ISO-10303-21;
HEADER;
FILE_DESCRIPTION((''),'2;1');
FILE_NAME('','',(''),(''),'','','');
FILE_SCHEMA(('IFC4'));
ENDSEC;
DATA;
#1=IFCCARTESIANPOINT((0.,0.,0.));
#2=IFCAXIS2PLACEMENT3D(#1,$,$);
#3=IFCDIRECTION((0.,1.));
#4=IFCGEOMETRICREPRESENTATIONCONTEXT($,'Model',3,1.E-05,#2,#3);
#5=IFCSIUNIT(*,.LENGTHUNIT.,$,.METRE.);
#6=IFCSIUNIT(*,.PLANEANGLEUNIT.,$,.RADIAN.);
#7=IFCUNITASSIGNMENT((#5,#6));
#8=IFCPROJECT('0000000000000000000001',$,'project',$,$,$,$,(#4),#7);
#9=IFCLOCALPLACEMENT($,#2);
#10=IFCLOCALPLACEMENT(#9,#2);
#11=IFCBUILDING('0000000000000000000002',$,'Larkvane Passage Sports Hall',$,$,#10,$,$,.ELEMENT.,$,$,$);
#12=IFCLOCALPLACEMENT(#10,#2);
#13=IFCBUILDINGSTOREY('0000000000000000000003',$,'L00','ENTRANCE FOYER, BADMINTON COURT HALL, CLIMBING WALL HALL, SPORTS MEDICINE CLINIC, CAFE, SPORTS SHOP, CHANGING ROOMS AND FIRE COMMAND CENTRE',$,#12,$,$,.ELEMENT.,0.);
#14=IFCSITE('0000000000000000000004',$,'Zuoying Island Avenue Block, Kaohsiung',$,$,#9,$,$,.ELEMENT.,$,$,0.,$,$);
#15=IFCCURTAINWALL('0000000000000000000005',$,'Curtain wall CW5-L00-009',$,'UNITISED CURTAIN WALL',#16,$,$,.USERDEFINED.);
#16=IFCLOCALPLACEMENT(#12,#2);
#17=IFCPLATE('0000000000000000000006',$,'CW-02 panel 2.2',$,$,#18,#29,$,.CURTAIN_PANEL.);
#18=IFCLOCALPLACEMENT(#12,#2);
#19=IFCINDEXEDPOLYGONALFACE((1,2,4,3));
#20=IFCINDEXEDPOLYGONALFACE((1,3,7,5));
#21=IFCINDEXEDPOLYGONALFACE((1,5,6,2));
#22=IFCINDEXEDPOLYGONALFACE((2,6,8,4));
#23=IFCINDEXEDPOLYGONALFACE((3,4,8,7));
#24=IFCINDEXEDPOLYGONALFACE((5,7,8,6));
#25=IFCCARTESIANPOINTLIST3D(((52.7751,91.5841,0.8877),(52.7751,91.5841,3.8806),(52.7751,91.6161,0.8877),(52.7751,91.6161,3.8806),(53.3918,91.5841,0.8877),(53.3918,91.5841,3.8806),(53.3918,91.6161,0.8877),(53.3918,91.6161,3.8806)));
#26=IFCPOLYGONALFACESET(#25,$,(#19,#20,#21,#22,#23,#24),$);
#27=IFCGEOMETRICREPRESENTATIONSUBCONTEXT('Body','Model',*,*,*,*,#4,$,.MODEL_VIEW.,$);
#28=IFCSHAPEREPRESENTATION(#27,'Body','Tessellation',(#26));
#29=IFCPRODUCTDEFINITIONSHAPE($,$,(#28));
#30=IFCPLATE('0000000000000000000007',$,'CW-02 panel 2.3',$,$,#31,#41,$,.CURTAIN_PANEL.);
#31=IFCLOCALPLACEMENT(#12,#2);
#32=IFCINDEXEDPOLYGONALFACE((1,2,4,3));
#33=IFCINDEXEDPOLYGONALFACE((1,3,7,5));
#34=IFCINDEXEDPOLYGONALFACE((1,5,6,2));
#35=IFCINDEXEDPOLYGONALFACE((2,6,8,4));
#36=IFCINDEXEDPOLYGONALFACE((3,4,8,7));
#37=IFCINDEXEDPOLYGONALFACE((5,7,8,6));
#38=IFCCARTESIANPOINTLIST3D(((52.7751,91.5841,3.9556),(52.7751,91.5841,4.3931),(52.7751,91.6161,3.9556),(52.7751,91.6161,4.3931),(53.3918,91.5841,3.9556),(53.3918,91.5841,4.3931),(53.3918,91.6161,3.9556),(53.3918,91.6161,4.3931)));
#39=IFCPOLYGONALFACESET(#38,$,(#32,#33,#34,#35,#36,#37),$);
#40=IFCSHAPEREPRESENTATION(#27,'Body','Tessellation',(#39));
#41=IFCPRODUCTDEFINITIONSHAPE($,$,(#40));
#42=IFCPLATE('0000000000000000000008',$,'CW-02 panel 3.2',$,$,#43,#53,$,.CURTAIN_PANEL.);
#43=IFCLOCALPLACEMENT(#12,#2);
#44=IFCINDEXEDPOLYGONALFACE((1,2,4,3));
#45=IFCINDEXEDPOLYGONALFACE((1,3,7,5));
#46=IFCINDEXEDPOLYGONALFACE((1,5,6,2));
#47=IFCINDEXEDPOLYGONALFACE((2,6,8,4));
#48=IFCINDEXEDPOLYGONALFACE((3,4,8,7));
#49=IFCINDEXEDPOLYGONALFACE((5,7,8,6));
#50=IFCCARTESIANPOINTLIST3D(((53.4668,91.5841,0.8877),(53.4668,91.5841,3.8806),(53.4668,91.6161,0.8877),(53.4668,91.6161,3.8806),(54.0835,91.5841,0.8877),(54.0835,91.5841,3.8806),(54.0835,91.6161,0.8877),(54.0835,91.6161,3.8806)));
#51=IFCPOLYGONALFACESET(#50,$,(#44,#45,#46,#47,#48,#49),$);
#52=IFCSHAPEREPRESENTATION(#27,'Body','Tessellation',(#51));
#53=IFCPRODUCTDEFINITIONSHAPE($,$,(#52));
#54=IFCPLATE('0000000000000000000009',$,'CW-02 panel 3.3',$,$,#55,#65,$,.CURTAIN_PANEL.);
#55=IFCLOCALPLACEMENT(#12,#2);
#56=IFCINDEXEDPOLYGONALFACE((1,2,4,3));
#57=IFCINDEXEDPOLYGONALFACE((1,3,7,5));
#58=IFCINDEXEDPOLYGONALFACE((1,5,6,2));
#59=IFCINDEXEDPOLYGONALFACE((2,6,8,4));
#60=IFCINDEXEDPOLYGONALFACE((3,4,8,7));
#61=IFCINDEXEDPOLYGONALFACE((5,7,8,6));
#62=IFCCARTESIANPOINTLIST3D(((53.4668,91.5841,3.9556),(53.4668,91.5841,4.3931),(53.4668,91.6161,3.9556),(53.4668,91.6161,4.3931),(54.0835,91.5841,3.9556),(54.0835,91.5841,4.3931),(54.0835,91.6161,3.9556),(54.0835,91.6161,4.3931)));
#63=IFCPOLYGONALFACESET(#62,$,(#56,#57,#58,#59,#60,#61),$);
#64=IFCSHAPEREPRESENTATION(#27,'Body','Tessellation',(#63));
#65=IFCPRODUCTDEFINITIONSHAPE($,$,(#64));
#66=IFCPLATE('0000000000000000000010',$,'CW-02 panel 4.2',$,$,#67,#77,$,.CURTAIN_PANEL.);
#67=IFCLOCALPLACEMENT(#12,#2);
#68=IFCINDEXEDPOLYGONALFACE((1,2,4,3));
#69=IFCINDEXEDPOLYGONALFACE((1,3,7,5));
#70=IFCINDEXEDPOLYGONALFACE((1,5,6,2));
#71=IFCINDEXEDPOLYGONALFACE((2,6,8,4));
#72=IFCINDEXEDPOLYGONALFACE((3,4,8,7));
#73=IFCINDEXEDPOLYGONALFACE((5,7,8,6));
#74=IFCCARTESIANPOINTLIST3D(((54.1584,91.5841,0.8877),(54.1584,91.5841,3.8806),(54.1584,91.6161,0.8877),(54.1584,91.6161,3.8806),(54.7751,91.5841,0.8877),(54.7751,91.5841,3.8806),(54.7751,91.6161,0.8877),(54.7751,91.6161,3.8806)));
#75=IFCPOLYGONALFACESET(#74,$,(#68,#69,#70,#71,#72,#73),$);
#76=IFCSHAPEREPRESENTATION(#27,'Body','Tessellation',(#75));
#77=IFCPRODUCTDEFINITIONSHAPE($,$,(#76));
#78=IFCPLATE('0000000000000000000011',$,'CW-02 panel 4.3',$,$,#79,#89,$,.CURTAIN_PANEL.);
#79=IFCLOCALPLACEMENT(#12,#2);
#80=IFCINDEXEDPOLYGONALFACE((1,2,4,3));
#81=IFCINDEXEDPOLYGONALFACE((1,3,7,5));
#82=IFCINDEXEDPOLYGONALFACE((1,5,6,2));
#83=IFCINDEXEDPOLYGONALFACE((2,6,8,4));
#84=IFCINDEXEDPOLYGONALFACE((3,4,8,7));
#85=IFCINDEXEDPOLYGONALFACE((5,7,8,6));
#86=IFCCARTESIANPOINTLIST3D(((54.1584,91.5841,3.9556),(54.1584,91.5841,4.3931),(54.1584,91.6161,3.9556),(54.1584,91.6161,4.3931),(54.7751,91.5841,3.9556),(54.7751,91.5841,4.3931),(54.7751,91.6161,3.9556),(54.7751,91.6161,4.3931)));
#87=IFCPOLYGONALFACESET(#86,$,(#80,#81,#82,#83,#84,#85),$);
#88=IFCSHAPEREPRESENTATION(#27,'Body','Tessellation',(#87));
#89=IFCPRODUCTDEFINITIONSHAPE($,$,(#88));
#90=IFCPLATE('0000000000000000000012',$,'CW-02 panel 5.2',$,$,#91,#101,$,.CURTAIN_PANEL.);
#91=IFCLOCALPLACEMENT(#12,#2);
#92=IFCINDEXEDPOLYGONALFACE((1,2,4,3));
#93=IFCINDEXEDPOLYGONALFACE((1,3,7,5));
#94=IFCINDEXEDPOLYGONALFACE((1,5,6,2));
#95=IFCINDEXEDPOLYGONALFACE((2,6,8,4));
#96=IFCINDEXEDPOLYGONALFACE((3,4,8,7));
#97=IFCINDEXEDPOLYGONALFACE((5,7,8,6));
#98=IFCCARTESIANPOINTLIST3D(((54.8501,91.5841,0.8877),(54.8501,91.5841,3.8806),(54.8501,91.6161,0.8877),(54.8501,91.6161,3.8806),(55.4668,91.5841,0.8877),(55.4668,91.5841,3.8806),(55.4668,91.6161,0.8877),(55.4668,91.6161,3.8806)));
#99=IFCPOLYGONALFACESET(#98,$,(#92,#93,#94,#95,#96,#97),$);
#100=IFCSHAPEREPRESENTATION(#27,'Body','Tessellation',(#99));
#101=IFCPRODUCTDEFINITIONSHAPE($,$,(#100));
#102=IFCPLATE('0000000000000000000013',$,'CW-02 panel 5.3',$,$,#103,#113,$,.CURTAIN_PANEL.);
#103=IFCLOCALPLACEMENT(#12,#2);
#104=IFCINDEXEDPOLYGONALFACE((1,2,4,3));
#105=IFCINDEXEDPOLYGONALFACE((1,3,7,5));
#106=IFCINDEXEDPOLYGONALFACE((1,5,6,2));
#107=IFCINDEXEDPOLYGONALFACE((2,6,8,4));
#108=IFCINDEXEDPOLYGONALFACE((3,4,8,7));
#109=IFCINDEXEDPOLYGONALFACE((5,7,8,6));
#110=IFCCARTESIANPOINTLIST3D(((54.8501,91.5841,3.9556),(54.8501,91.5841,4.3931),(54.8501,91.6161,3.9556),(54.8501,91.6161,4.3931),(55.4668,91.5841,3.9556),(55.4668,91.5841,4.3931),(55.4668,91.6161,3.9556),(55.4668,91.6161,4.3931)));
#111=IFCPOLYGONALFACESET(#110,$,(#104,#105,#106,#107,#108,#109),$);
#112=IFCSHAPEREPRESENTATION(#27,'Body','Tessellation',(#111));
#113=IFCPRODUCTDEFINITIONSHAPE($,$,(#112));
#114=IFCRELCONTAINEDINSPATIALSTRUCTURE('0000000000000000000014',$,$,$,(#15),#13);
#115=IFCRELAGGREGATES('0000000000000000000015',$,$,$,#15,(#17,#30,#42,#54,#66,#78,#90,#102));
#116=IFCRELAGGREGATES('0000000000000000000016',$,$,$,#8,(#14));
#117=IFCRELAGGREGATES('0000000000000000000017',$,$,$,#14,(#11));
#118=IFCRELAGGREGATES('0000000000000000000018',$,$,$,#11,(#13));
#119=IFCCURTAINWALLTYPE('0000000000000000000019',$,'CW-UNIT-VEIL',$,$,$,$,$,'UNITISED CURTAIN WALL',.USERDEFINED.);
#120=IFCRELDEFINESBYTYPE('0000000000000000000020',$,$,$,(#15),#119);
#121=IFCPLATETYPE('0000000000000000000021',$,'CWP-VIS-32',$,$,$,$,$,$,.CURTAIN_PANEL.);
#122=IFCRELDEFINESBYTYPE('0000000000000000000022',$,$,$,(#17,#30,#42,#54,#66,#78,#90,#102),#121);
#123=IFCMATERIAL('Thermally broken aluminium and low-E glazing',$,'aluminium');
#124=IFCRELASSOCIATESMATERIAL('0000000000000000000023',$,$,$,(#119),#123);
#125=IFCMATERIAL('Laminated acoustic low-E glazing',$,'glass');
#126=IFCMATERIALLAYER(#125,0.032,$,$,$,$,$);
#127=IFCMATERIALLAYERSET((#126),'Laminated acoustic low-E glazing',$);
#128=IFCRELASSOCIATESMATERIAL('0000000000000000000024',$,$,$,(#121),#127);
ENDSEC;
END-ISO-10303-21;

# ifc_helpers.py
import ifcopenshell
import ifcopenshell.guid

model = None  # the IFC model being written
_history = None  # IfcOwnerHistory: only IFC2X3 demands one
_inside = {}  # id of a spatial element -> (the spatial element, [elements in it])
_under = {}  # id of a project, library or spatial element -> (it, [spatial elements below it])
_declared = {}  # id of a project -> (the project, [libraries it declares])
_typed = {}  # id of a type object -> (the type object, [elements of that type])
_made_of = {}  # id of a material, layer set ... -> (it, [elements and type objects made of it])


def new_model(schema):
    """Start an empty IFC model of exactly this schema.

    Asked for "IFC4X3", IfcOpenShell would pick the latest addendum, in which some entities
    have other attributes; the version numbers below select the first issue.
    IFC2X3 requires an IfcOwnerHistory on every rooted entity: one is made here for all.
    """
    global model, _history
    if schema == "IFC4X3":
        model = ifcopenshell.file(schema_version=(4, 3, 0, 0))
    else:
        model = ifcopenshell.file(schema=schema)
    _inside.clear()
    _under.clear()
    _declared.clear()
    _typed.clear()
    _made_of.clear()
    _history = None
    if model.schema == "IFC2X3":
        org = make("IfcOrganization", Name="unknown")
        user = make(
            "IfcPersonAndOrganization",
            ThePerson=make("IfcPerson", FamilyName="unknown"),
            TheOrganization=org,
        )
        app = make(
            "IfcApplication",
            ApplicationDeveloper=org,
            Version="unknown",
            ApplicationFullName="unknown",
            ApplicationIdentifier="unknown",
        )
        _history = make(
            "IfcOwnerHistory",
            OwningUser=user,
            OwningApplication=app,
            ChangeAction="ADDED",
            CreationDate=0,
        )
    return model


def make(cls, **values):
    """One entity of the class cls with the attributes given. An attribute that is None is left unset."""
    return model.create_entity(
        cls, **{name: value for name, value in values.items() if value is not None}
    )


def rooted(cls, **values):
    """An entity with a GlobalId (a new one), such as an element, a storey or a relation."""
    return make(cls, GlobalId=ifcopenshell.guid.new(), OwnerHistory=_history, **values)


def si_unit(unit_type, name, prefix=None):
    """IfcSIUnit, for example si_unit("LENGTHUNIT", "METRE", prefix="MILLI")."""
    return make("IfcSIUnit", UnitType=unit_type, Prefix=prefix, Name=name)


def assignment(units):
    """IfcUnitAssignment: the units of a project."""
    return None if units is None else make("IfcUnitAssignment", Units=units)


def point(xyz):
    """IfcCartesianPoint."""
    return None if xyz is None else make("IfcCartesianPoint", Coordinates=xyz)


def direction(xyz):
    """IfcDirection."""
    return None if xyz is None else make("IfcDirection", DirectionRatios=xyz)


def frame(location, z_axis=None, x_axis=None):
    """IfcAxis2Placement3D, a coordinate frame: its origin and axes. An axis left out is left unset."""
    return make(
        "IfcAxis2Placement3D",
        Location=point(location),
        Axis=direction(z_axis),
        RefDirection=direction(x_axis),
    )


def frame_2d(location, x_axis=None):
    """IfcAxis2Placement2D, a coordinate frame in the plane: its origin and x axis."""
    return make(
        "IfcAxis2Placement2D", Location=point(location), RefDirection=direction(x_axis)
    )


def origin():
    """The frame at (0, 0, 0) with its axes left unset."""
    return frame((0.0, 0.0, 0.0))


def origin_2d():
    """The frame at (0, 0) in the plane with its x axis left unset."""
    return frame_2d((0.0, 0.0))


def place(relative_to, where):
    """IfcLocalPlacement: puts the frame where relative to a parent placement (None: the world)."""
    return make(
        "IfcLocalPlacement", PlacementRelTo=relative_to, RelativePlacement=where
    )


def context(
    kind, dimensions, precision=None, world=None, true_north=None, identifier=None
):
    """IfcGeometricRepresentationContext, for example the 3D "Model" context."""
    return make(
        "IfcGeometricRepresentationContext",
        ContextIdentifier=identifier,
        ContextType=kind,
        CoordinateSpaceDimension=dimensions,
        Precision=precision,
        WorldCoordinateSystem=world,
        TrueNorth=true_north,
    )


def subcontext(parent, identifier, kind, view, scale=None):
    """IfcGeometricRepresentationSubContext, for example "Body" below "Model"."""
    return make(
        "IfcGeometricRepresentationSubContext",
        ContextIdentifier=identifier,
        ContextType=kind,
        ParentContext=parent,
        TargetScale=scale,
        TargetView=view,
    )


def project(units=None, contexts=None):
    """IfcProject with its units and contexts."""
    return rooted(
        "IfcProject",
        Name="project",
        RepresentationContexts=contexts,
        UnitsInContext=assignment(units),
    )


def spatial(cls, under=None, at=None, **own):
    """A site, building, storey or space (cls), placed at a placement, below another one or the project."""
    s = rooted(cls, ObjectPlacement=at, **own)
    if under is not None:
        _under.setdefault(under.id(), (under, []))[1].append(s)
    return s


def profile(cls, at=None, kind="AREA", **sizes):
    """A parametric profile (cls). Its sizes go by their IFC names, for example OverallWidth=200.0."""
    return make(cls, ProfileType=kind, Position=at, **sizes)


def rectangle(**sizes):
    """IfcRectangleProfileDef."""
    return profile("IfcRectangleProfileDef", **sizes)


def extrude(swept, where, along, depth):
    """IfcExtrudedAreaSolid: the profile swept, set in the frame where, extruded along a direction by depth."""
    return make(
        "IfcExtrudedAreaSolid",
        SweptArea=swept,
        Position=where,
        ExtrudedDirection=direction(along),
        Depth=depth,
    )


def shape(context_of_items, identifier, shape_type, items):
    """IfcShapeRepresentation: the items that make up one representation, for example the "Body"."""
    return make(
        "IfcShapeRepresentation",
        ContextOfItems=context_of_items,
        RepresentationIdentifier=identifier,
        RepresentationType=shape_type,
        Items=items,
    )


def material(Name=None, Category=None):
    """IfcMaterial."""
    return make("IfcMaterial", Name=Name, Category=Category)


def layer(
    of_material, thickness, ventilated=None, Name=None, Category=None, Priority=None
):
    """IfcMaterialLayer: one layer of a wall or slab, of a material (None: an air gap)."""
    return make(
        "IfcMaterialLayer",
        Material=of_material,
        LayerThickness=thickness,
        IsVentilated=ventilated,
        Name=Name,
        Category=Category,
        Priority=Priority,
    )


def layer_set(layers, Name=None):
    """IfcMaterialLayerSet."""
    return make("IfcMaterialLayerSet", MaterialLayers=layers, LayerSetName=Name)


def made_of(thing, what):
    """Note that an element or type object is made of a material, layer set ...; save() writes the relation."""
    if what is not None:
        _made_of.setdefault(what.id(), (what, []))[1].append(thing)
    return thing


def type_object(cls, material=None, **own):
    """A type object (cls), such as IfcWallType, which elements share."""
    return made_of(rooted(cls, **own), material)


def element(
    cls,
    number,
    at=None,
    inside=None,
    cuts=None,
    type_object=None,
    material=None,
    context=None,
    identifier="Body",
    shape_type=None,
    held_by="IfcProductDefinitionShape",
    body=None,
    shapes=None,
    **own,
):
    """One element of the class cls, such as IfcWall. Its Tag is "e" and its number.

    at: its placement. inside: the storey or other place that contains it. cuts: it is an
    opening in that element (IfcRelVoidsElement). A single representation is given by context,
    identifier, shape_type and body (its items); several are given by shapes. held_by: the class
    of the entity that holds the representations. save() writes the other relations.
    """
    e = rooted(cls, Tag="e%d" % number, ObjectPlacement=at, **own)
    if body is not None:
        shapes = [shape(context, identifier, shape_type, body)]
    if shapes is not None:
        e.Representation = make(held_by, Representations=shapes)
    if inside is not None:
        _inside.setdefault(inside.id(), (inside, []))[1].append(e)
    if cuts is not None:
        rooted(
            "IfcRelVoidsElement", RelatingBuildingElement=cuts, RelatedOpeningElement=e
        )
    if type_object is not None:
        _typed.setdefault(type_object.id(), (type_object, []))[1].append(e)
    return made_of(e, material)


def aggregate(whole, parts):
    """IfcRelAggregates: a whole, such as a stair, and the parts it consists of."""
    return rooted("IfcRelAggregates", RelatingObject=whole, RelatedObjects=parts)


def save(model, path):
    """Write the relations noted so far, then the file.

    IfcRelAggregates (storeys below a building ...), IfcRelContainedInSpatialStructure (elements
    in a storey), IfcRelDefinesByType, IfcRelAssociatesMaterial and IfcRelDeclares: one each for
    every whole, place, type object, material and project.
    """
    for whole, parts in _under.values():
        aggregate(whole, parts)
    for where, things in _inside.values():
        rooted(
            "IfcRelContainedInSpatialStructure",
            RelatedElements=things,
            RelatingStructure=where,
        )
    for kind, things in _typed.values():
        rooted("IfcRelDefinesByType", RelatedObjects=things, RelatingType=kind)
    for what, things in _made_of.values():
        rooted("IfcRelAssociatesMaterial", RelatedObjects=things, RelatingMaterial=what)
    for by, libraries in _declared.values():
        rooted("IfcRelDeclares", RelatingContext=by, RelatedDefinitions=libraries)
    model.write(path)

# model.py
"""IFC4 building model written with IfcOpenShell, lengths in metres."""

from ifc_helpers import new_model, si_unit, direction, frame, origin, origin_2d, place, context, subcontext, project, spatial, rectangle, extrude, material, layer, layer_set, type_object, element, aggregate, save


model = new_model("IFC4")

# Units and contexts
model_context = context("Model", 3, precision=1e-05, world=origin(), true_north=direction((0.0, 1.0)))
body_context = subcontext(model_context, "Body", "Model", "MODEL_VIEW")
ifc_project = project(units=[si_unit("LENGTHUNIT", "METRE"), si_unit("PLANEANGLEUNIT", "RADIAN")], contexts=[model_context])

# Site, building, storey
site_placement = place(None, origin())
site = spatial("IfcSite", under=ifc_project, at=site_placement, Name="Zuoying Island Avenue Block, Kaohsiung", CompositionType="ELEMENT", RefElevation=0.0)
building_placement = place(site_placement, origin())
building = spatial("IfcBuilding", under=site, at=building_placement, Name="Larkvane Passage Sports Hall", CompositionType="ELEMENT")
storey_placement = place(building_placement, origin())
storey = spatial("IfcBuildingStorey", under=building, at=storey_placement, Name="L00", Description="ENTRANCE FOYER, BADMINTON COURT HALL, CLIMBING WALL HALL, SPORTS MEDICINE CLINIC, CAFE, SPORTS SHOP, CHANGING ROOMS AND FIRE COMMAND CENTRE", CompositionType="ELEMENT", Elevation=0.0)

# Curtain wall, plates
ifc_material_1 = material(Name="Thermally broken aluminium and low-E glazing", Category="aluminium")
curtain_wall_type = type_object("IfcCurtainWallType", Name="CW-UNIT-VEIL", ElementType="UNITISED CURTAIN WALL", PredefinedType="USERDEFINED", material=ifc_material_1)
curtain_wall_placement = place(storey_placement, origin())
curtain_wall = element("IfcCurtainWall", 1, at=curtain_wall_placement, inside=storey, type_object=curtain_wall_type, Name="Curtain wall CW5-L00-009", ObjectType="UNITISED CURTAIN WALL", PredefinedType="USERDEFINED")
ifc_material_2 = material(Name="Laminated acoustic low-E glazing", Category="glass")
ifc_layer = layer(ifc_material_2, 0.032)
ifc_layer_set = layer_set([ifc_layer], Name="Laminated acoustic low-E glazing")
plate_type = type_object("IfcPlateType", Name="CWP-VIS-32", PredefinedType="CURTAIN_PANEL", material=ifc_layer_set)
plate_1_placement = place(storey_placement, frame((53.0835, 91.6001, 0.8877), z_axis=(0.0, 0.0, 1.0), x_axis=(1.0, 0.0, 0.0)))
plate_1 = element("IfcPlate", 2, at=plate_1_placement, type_object=plate_type, Name="CW-02 panel 2.2", PredefinedType="CURTAIN_PANEL", context=body_context, shape_type="SweptSolid", body=[
    extrude(rectangle(XDim=0.6167, YDim=0.032, at=origin_2d()), origin(), (0.0, 0.0, 1.0), 2.9929),
])
plate_2_placement = place(storey_placement, frame((53.0835, 91.6001, 3.9556), z_axis=(0.0, 0.0, 1.0), x_axis=(1.0, 0.0, 0.0)))
plate_2 = element("IfcPlate", 3, at=plate_2_placement, type_object=plate_type, Name="CW-02 panel 2.3", PredefinedType="CURTAIN_PANEL", context=body_context, shape_type="SweptSolid", body=[
    extrude(rectangle(XDim=0.6167, YDim=0.032, at=origin_2d()), origin(), (0.0, 0.0, 1.0), 0.4375),
])
plate_3_placement = place(storey_placement, frame((53.7751, 91.6001, 0.8877), z_axis=(0.0, 0.0, 1.0), x_axis=(1.0, 0.0, 0.0)))
plate_3 = element("IfcPlate", 4, at=plate_3_placement, type_object=plate_type, Name="CW-02 panel 3.2", PredefinedType="CURTAIN_PANEL", context=body_context, shape_type="SweptSolid", body=[
    extrude(rectangle(XDim=0.6167, YDim=0.032, at=origin_2d()), origin(), (0.0, 0.0, 1.0), 2.9929),
])
plate_4_placement = place(storey_placement, frame((53.7751, 91.6001, 3.9556), z_axis=(0.0, 0.0, 1.0), x_axis=(1.0, 0.0, 0.0)))
plate_4 = element("IfcPlate", 5, at=plate_4_placement, type_object=plate_type, Name="CW-02 panel 3.3", PredefinedType="CURTAIN_PANEL", context=body_context, shape_type="SweptSolid", body=[
    extrude(rectangle(XDim=0.6167, YDim=0.032, at=origin_2d()), origin(), (0.0, 0.0, 1.0), 0.4375),
])
plate_5_placement = place(storey_placement, frame((54.4668, 91.6001, 0.8877), z_axis=(0.0, 0.0, 1.0), x_axis=(1.0, 0.0, 0.0)))
plate_5 = element("IfcPlate", 6, at=plate_5_placement, type_object=plate_type, Name="CW-02 panel 4.2", PredefinedType="CURTAIN_PANEL", context=body_context, shape_type="SweptSolid", body=[
    extrude(rectangle(XDim=0.6167, YDim=0.032, at=origin_2d()), origin(), (0.0, 0.0, 1.0), 2.9929),
])
plate_6_placement = place(storey_placement, frame((54.4668, 91.6001, 3.9556), z_axis=(0.0, 0.0, 1.0), x_axis=(1.0, 0.0, 0.0)))
plate_6 = element("IfcPlate", 7, at=plate_6_placement, type_object=plate_type, Name="CW-02 panel 4.3", PredefinedType="CURTAIN_PANEL", context=body_context, shape_type="SweptSolid", body=[
    extrude(rectangle(XDim=0.6167, YDim=0.032, at=origin_2d()), origin(), (0.0, 0.0, 1.0), 0.4375),
])
plate_7_placement = place(storey_placement, frame((55.1584, 91.6001, 0.8877), z_axis=(0.0, 0.0, 1.0), x_axis=(1.0, 0.0, 0.0)))
plate_7 = element("IfcPlate", 8, at=plate_7_placement, type_object=plate_type, Name="CW-02 panel 5.2", PredefinedType="CURTAIN_PANEL", context=body_context, shape_type="SweptSolid", body=[
    extrude(rectangle(XDim=0.6167, YDim=0.032, at=origin_2d()), origin(), (0.0, 0.0, 1.0), 2.9929),
])
plate_8_placement = place(storey_placement, frame((55.1584, 91.6001, 3.9556), z_axis=(0.0, 0.0, 1.0), x_axis=(1.0, 0.0, 0.0)))
plate_8 = element("IfcPlate", 9, at=plate_8_placement, type_object=plate_type, Name="CW-02 panel 5.3", PredefinedType="CURTAIN_PANEL", context=body_context, shape_type="SweptSolid", body=[
    extrude(rectangle(XDim=0.6167, YDim=0.032, at=origin_2d()), origin(), (0.0, 0.0, 1.0), 0.4375),
])
aggregate(curtain_wall, [plate_1, plate_2, plate_3, plate_4, plate_5, plate_6, plate_7, plate_8])

save(model, "model.ifc")
